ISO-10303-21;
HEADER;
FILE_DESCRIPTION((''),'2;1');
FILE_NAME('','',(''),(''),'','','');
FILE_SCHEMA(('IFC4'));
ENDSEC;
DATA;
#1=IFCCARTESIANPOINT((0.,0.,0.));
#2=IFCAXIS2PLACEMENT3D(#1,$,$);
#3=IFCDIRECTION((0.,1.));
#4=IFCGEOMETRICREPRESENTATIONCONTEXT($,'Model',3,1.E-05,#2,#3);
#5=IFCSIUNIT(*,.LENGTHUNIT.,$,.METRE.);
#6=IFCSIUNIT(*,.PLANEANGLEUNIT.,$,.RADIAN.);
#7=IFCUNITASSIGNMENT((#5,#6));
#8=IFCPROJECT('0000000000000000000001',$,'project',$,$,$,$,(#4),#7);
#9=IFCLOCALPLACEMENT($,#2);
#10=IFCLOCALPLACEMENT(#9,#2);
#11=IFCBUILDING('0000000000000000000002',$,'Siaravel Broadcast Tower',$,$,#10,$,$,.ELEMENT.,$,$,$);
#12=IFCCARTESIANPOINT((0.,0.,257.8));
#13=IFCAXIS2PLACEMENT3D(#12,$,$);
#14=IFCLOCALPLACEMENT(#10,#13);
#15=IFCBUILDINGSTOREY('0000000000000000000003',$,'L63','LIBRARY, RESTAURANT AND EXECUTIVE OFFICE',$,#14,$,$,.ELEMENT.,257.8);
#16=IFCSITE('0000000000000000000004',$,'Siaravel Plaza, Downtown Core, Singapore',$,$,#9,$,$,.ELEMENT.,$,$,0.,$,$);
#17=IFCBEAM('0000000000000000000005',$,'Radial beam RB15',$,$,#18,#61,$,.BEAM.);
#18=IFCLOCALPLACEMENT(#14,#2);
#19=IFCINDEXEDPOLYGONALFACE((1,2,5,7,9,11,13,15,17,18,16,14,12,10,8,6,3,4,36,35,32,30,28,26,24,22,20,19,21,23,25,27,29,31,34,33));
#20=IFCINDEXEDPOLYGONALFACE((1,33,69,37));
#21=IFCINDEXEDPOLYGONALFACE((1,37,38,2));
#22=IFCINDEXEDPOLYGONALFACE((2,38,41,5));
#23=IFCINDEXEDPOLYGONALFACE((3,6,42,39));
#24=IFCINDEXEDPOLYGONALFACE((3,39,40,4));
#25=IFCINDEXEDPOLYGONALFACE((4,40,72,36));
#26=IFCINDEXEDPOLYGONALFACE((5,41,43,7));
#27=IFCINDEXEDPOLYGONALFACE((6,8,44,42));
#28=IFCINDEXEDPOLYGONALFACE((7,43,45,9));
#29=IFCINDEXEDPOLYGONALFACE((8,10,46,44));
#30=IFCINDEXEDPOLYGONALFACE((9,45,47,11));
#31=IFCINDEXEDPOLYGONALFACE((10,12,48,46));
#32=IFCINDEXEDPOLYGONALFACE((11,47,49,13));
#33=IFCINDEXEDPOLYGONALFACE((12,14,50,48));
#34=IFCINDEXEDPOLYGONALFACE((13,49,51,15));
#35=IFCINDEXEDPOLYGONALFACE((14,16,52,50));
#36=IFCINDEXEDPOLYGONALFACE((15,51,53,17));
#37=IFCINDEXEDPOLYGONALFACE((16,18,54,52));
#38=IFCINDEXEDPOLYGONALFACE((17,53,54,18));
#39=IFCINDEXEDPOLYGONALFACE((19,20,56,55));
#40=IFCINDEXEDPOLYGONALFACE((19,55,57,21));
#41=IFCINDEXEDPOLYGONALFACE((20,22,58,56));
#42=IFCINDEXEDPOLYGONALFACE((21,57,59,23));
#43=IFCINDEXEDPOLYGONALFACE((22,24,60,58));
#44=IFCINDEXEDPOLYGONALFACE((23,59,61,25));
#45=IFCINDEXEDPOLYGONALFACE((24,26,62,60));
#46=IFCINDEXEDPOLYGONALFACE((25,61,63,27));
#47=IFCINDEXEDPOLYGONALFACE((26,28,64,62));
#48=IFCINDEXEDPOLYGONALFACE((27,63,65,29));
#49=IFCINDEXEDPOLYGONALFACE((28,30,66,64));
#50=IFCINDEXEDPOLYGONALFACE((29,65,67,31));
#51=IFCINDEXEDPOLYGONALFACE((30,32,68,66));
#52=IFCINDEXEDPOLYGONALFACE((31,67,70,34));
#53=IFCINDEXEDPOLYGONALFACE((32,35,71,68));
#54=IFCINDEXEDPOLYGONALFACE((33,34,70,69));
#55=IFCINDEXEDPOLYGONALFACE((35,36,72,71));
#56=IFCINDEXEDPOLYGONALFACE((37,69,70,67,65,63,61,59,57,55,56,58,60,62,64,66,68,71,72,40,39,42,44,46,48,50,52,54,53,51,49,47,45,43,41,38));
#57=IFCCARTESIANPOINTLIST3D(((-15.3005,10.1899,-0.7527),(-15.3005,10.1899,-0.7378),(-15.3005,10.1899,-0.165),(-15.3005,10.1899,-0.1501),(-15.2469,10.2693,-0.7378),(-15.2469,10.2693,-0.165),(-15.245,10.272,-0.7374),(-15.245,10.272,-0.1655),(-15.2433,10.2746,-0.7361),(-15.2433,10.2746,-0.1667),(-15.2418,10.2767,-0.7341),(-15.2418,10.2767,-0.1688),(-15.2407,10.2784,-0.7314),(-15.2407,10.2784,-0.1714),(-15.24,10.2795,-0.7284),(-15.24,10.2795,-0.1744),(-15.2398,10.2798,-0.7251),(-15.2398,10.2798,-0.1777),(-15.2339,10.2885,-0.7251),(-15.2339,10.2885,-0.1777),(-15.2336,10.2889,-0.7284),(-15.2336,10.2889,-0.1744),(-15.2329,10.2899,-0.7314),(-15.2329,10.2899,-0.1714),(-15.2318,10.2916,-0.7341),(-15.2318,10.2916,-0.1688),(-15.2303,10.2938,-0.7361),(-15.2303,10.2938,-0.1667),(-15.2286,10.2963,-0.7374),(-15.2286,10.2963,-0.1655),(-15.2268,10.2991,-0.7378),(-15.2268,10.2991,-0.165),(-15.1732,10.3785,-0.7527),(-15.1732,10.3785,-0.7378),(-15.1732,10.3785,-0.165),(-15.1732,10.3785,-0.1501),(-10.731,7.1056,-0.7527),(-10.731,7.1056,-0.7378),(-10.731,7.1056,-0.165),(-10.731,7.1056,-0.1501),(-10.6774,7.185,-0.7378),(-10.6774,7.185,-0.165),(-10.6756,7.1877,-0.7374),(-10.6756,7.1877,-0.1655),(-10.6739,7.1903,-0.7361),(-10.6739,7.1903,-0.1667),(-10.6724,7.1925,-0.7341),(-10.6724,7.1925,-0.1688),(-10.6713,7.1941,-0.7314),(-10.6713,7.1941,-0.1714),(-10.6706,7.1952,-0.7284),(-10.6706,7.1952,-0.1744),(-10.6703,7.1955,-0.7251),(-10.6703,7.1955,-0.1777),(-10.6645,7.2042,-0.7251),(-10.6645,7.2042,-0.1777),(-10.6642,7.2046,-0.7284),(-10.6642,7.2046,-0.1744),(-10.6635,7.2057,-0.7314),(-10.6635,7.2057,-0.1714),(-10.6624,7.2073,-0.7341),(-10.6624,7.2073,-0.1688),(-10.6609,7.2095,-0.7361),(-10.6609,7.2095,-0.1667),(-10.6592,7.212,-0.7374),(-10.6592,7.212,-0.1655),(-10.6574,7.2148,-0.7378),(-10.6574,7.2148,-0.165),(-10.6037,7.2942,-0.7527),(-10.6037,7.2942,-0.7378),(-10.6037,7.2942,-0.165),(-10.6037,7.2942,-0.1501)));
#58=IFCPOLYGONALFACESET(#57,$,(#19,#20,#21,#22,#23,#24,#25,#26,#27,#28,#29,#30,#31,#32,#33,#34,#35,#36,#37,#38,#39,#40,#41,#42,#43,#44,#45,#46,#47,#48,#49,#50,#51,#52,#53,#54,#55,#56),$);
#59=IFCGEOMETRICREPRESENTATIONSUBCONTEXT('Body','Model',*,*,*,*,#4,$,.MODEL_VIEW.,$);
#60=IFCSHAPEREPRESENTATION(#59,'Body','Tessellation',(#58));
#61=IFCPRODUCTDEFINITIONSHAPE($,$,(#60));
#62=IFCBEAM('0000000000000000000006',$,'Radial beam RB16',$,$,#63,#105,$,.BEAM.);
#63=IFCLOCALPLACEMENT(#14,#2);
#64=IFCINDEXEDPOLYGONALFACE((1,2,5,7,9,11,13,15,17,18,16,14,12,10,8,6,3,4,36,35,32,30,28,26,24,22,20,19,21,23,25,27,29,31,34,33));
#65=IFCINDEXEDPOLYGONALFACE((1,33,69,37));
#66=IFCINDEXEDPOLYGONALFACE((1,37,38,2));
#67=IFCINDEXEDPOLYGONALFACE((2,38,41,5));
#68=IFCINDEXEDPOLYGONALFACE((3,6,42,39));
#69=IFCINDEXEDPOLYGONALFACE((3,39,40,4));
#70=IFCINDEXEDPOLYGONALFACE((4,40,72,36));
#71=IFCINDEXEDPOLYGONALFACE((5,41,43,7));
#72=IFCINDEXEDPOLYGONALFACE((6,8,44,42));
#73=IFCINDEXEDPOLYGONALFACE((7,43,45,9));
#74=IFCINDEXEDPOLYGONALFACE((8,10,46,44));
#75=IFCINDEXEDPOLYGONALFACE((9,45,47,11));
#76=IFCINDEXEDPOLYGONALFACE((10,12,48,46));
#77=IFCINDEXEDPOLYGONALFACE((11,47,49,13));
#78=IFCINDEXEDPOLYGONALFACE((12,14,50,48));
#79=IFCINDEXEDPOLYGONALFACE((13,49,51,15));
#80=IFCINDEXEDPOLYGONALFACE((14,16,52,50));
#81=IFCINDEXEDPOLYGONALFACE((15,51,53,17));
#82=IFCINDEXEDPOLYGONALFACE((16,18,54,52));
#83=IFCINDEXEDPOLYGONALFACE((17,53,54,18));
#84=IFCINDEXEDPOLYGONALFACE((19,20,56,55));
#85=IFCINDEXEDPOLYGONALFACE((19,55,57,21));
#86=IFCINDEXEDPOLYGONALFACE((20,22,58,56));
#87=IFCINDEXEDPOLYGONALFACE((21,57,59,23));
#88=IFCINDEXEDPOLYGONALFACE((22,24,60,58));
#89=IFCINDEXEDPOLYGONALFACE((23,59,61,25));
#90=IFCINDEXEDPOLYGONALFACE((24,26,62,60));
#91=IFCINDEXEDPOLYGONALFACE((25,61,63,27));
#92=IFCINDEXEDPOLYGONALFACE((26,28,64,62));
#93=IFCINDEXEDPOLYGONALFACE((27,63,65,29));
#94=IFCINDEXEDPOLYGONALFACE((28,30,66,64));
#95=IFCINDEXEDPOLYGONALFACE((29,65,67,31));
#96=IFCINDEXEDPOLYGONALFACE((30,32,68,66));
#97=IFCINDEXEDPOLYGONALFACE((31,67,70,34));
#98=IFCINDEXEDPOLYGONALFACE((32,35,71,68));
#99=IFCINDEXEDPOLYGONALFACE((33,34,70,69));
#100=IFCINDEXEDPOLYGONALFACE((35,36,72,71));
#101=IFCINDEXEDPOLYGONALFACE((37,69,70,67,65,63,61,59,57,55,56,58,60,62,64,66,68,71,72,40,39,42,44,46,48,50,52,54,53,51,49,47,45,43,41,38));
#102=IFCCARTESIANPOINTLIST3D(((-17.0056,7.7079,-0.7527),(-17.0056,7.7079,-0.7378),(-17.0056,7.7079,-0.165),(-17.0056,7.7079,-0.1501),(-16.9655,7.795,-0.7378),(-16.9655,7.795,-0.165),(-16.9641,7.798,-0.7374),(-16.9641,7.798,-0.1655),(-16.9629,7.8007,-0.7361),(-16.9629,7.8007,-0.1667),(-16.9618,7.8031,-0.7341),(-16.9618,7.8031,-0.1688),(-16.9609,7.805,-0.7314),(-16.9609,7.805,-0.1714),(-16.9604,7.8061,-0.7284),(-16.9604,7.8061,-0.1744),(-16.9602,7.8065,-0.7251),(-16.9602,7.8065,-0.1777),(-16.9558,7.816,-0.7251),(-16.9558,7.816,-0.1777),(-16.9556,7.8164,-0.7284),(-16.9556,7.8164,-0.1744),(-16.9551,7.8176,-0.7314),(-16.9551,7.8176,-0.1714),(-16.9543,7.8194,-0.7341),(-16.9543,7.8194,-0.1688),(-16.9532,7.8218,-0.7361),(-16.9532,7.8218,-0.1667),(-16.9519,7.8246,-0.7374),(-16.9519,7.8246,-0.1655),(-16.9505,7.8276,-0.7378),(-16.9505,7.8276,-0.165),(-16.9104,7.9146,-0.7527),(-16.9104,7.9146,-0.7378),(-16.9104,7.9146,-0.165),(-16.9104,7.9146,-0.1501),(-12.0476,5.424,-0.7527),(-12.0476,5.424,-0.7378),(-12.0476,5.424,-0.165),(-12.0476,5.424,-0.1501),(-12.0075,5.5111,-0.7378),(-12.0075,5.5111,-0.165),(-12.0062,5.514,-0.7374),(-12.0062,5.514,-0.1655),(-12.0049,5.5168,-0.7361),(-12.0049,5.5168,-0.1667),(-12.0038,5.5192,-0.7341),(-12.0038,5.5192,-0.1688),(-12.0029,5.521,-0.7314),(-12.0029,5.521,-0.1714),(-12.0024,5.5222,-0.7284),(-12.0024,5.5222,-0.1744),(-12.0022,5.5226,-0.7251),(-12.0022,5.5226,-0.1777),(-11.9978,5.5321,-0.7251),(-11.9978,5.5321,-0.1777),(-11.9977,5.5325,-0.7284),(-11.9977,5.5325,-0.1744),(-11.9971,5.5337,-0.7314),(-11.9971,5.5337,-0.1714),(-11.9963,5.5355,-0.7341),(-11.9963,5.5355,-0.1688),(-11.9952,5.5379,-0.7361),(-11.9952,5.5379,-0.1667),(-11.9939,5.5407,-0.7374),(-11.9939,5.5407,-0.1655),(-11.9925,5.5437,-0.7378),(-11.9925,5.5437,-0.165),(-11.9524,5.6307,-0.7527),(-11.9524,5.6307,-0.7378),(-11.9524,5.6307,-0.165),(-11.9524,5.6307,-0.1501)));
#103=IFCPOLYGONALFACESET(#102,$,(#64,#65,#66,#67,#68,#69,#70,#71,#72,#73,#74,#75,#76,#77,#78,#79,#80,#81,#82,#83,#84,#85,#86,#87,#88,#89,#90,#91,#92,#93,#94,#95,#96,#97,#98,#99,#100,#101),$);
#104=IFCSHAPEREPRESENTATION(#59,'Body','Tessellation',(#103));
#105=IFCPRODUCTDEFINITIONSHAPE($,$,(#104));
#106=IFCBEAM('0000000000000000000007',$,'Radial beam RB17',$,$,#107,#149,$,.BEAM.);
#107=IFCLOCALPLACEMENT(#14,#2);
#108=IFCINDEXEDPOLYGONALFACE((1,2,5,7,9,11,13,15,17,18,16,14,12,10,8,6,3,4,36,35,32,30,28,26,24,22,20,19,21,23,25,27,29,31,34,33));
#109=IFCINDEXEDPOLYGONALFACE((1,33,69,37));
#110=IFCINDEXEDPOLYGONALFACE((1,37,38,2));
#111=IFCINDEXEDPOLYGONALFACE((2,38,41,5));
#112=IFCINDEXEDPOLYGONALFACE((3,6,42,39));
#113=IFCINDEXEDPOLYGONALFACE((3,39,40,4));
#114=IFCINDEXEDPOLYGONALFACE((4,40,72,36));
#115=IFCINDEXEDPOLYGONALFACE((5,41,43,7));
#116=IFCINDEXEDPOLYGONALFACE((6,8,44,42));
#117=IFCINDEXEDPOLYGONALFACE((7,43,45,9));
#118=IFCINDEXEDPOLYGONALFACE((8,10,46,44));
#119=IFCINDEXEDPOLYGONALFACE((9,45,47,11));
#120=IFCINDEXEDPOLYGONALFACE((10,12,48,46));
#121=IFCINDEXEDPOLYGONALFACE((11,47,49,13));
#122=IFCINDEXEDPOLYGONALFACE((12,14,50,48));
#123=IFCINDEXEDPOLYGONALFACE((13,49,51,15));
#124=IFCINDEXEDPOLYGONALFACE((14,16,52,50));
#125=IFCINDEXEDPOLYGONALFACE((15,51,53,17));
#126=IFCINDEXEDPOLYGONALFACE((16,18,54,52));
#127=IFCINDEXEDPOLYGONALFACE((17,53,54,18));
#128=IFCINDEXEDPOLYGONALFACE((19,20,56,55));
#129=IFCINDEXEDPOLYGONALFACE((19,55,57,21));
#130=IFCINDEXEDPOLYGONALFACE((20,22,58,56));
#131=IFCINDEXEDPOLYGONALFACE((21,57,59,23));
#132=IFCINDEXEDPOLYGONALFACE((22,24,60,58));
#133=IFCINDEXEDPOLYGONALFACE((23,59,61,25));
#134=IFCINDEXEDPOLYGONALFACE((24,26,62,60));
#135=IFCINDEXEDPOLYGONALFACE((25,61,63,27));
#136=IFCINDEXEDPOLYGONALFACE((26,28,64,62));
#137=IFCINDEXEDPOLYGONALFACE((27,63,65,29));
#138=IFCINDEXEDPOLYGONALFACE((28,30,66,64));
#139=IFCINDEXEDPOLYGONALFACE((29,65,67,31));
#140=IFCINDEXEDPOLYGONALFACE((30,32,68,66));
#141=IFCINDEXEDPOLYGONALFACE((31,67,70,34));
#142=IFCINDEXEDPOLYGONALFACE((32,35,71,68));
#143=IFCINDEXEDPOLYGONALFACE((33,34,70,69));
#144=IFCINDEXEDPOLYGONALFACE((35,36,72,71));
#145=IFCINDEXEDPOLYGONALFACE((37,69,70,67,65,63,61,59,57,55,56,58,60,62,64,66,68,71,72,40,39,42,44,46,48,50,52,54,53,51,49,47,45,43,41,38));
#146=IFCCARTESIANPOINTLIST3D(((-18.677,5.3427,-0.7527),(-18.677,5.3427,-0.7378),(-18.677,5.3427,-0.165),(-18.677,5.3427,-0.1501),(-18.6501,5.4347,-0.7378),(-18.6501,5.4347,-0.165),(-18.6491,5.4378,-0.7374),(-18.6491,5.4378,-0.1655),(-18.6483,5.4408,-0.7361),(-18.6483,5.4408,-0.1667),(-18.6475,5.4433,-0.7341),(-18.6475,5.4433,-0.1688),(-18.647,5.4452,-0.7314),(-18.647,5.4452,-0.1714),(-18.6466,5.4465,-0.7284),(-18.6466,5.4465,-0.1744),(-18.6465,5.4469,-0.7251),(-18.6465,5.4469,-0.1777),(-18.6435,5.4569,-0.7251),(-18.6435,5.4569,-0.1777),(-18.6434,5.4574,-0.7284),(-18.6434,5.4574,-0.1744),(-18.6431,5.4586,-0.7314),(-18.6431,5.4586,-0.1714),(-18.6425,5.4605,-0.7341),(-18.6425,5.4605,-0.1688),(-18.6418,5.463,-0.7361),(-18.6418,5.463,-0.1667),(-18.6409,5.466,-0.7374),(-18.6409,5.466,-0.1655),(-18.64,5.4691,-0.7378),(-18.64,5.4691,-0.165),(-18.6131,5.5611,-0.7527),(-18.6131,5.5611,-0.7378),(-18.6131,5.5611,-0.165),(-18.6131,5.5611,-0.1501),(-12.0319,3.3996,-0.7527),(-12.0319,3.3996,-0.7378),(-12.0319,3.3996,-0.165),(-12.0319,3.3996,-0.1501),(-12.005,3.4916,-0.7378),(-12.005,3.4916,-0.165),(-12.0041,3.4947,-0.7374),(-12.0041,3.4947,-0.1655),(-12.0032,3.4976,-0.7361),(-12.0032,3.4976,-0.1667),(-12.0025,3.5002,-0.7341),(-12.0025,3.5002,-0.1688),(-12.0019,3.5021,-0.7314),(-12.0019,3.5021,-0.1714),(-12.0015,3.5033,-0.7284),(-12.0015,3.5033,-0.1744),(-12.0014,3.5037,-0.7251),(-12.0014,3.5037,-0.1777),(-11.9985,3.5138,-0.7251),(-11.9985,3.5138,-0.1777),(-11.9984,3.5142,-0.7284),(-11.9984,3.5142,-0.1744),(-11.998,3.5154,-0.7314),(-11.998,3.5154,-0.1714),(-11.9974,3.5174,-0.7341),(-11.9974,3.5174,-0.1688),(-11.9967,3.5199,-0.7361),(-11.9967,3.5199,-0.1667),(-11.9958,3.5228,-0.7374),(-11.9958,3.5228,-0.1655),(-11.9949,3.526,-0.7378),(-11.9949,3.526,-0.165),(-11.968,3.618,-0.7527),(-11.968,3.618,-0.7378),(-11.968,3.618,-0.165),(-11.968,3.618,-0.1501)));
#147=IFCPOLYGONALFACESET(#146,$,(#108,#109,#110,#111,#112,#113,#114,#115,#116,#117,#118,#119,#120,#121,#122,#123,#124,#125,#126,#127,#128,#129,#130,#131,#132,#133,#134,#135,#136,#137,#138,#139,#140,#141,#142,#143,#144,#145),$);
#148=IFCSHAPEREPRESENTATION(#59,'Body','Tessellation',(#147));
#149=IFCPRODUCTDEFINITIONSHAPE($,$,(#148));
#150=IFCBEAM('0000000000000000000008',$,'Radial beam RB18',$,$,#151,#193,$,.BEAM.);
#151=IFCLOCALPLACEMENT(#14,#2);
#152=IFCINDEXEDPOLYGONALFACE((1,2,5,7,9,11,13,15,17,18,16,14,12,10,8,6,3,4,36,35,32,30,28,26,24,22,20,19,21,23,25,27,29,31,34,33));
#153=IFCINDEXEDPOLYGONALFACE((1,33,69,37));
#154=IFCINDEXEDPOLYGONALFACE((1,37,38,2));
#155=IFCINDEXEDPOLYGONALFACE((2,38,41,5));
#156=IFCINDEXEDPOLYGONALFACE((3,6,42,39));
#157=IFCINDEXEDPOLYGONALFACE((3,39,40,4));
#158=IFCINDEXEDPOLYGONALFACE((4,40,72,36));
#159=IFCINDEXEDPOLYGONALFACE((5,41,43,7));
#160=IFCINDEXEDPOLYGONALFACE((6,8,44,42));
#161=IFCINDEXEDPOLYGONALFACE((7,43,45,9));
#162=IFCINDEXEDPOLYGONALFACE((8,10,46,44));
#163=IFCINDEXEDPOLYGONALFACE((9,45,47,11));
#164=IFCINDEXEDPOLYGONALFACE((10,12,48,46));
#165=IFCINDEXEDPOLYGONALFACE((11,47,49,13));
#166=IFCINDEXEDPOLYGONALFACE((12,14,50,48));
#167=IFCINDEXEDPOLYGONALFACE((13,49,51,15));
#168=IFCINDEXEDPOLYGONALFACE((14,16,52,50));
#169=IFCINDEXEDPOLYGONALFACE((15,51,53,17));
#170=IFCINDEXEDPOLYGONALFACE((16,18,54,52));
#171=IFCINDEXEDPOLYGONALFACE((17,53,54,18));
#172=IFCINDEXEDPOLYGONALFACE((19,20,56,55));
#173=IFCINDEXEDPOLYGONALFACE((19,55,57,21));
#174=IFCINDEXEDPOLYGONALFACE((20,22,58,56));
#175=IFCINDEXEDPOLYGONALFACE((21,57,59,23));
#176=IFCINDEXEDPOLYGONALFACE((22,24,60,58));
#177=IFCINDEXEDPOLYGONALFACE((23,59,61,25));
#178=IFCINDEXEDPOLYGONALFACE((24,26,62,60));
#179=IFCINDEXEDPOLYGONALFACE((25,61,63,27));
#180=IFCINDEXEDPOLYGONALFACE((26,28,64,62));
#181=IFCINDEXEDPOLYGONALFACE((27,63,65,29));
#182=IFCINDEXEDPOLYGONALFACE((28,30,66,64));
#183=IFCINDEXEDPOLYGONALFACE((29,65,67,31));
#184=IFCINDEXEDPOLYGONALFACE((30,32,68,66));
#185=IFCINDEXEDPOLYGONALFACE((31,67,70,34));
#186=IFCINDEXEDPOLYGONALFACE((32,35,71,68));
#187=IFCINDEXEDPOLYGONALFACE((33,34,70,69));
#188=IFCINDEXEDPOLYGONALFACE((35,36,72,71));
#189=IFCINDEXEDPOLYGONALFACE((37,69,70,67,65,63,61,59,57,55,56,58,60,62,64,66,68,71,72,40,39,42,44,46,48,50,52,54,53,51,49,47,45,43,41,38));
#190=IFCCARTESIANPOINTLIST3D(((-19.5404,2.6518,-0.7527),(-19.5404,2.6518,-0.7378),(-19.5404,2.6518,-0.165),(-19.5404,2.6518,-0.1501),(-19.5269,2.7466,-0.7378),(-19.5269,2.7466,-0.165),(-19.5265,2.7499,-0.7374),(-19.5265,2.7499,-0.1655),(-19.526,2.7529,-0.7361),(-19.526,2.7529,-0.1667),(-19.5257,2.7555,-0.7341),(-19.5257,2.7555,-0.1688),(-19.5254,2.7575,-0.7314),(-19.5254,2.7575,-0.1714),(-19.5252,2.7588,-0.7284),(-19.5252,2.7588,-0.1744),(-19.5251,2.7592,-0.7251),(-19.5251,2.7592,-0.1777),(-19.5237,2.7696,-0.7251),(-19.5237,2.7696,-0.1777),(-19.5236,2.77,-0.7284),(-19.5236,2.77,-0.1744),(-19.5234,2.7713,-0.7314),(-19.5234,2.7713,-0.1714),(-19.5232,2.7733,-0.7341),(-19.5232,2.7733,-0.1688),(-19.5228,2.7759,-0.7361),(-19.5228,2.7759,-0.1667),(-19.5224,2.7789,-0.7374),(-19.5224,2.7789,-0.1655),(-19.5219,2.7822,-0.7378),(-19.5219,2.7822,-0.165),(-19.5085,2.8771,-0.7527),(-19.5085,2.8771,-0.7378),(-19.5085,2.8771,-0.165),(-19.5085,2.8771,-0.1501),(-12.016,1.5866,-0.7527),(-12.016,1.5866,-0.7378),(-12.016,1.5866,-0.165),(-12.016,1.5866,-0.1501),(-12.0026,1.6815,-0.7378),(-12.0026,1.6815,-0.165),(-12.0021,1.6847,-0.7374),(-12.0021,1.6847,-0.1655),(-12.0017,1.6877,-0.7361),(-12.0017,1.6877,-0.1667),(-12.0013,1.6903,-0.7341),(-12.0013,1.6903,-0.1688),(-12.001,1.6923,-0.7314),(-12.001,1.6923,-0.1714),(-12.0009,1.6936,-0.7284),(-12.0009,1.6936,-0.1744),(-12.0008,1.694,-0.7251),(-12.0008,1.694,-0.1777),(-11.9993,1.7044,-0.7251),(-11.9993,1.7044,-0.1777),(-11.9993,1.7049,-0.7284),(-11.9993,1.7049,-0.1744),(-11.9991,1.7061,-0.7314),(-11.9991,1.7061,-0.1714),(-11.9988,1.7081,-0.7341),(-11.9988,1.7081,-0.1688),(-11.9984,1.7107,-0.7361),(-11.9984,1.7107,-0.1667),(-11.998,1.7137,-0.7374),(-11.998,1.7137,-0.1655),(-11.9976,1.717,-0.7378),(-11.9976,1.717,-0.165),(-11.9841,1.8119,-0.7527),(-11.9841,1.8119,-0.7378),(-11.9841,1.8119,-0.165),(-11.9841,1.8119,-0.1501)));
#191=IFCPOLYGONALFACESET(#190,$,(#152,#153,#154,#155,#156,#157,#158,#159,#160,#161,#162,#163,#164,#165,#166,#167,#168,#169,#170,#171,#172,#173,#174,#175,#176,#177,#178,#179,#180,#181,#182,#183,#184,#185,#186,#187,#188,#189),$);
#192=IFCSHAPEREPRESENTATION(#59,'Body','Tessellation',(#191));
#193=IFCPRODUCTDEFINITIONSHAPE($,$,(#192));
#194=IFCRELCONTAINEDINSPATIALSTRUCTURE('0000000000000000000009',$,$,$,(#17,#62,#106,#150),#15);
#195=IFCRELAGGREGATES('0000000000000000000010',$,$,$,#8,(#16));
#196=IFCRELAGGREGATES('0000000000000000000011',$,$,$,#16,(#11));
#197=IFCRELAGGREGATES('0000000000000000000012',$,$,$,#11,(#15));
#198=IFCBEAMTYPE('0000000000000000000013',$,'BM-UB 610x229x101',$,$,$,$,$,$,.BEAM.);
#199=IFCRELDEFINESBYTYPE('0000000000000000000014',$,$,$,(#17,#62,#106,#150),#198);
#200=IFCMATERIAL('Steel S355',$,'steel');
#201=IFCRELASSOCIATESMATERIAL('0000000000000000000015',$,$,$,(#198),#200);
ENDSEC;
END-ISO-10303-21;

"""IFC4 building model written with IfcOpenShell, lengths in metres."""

from ifc_helpers import new_model, si_unit, direction, frame, origin, origin_2d, place, context, subcontext, project, spatial, i_section, extrude, material, material_profile, profile_set, type_object, element, save


model = new_model("IFC4")

# Units and contexts
model_context = context("Model", 3, precision=1e-05, world=origin(), true_north=direction((0.0, 1.0)))
body_context = subcontext(model_context, "Body", "Model", "MODEL_VIEW")
ifc_project = project(units=[si_unit("LENGTHUNIT", "METRE"), si_unit("PLANEANGLEUNIT", "RADIAN")], contexts=[model_context])

# Site, building, storey
site_placement = place(None, origin())
site = spatial("IfcSite", under=ifc_project, at=site_placement, Name="Siaravel Plaza, Downtown Core, Singapore", CompositionType="ELEMENT", RefElevation=0.0)
building_placement = place(site_placement, origin())
building = spatial("IfcBuilding", under=site, at=building_placement, Name="Siaravel Broadcast Tower", CompositionType="ELEMENT")
storey_placement = place(building_placement, frame((0.0, 0.0, 257.8)))
storey = spatial("IfcBuildingStorey", under=building, at=storey_placement, Name="L63", Description="LIBRARY, RESTAURANT AND EXECUTIVE OFFICE", CompositionType="ELEMENT", Elevation=257.8)

# Beams
ifc_material_1 = material(Name="Steel S355", Category="steel")
ifc_material_profile_1 = material_profile(ifc_material_1, i_section(OverallWidth=0.2275, OverallDepth=0.6025, WebThickness=0.0105, FlangeThickness=0.0149, FilletRadius=0.0127, at=origin_2d()))
ifc_profile_set_1 = profile_set([ifc_material_profile_1], Name="Steel S355")
beam_type = type_object("IfcBeamType", Name="BM-UB 610x229x101", PredefinedType="BEAM", material=ifc_profile_set_1)
beam_1_placement = place(storey_placement, frame((-15.2368, 10.2842, -0.4514), z_axis=(0.828855, -0.559464, 0.0), x_axis=(0.559464, 0.828855, 0.0)))
element("IfcBeam", 1, at=beam_1_placement, inside=storey, type_object=beam_type, Name="Radial beam RB15", PredefinedType="BEAM", context=body_context, shape_type="SweptSolid", body=[
    extrude(i_section(OverallWidth=0.2275, OverallDepth=0.6025, WebThickness=0.0105, FlangeThickness=0.0149, FilletRadius=0.0127, at=origin_2d()), origin(), (0.0, 0.0, 1.0), 5.5129),
])
beam_2_placement = place(storey_placement, frame((-16.958, 7.8113, -0.4514), z_axis=(0.908264, -0.418397, 0.0), x_axis=(0.418397, 0.908264, 0.0)))
element("IfcBeam", 2, at=beam_2_placement, inside=storey, type_object=beam_type, Name="Radial beam RB16", PredefinedType="BEAM", context=body_context, shape_type="SweptSolid", body=[
    extrude(i_section(OverallWidth=0.2275, OverallDepth=0.6025, WebThickness=0.0105, FlangeThickness=0.0149, FilletRadius=0.0127, at=origin_2d()), origin(), (0.0, 0.0, 1.0), 5.4587),
])
beam_3_placement = place(storey_placement, frame((-18.645, 5.4519, -0.4514), z_axis=(0.959806, -0.280663, 0.0), x_axis=(0.280663, 0.959806, 0.0)))
element("IfcBeam", 3, at=beam_3_placement, inside=storey, type_object=beam_type, Name="Radial beam RB17", PredefinedType="BEAM", context=body_context, shape_type="SweptSolid", body=[
    extrude(i_section(OverallWidth=0.2275, OverallDepth=0.6025, WebThickness=0.0105, FlangeThickness=0.0149, FilletRadius=0.0127, at=origin_2d()), origin(), (0.0, 0.0, 1.0), 6.9233),
])
beam_4_placement = place(storey_placement, frame((-19.5244, 2.7644, -0.4514), z_axis=(0.990128, -0.140166, 0.0), x_axis=(0.140166, 0.990128, 0.0)))
element("IfcBeam", 4, at=beam_4_placement, inside=storey, type_object=beam_type, Name="Radial beam RB18", PredefinedType="BEAM", context=body_context, shape_type="SweptSolid", body=[
    extrude(i_section(OverallWidth=0.2275, OverallDepth=0.6025, WebThickness=0.0105, FlangeThickness=0.0149, FilletRadius=0.0127, at=origin_2d()), origin(), (0.0, 0.0, 1.0), 7.5994),
])

save(model, "model.ifc")
